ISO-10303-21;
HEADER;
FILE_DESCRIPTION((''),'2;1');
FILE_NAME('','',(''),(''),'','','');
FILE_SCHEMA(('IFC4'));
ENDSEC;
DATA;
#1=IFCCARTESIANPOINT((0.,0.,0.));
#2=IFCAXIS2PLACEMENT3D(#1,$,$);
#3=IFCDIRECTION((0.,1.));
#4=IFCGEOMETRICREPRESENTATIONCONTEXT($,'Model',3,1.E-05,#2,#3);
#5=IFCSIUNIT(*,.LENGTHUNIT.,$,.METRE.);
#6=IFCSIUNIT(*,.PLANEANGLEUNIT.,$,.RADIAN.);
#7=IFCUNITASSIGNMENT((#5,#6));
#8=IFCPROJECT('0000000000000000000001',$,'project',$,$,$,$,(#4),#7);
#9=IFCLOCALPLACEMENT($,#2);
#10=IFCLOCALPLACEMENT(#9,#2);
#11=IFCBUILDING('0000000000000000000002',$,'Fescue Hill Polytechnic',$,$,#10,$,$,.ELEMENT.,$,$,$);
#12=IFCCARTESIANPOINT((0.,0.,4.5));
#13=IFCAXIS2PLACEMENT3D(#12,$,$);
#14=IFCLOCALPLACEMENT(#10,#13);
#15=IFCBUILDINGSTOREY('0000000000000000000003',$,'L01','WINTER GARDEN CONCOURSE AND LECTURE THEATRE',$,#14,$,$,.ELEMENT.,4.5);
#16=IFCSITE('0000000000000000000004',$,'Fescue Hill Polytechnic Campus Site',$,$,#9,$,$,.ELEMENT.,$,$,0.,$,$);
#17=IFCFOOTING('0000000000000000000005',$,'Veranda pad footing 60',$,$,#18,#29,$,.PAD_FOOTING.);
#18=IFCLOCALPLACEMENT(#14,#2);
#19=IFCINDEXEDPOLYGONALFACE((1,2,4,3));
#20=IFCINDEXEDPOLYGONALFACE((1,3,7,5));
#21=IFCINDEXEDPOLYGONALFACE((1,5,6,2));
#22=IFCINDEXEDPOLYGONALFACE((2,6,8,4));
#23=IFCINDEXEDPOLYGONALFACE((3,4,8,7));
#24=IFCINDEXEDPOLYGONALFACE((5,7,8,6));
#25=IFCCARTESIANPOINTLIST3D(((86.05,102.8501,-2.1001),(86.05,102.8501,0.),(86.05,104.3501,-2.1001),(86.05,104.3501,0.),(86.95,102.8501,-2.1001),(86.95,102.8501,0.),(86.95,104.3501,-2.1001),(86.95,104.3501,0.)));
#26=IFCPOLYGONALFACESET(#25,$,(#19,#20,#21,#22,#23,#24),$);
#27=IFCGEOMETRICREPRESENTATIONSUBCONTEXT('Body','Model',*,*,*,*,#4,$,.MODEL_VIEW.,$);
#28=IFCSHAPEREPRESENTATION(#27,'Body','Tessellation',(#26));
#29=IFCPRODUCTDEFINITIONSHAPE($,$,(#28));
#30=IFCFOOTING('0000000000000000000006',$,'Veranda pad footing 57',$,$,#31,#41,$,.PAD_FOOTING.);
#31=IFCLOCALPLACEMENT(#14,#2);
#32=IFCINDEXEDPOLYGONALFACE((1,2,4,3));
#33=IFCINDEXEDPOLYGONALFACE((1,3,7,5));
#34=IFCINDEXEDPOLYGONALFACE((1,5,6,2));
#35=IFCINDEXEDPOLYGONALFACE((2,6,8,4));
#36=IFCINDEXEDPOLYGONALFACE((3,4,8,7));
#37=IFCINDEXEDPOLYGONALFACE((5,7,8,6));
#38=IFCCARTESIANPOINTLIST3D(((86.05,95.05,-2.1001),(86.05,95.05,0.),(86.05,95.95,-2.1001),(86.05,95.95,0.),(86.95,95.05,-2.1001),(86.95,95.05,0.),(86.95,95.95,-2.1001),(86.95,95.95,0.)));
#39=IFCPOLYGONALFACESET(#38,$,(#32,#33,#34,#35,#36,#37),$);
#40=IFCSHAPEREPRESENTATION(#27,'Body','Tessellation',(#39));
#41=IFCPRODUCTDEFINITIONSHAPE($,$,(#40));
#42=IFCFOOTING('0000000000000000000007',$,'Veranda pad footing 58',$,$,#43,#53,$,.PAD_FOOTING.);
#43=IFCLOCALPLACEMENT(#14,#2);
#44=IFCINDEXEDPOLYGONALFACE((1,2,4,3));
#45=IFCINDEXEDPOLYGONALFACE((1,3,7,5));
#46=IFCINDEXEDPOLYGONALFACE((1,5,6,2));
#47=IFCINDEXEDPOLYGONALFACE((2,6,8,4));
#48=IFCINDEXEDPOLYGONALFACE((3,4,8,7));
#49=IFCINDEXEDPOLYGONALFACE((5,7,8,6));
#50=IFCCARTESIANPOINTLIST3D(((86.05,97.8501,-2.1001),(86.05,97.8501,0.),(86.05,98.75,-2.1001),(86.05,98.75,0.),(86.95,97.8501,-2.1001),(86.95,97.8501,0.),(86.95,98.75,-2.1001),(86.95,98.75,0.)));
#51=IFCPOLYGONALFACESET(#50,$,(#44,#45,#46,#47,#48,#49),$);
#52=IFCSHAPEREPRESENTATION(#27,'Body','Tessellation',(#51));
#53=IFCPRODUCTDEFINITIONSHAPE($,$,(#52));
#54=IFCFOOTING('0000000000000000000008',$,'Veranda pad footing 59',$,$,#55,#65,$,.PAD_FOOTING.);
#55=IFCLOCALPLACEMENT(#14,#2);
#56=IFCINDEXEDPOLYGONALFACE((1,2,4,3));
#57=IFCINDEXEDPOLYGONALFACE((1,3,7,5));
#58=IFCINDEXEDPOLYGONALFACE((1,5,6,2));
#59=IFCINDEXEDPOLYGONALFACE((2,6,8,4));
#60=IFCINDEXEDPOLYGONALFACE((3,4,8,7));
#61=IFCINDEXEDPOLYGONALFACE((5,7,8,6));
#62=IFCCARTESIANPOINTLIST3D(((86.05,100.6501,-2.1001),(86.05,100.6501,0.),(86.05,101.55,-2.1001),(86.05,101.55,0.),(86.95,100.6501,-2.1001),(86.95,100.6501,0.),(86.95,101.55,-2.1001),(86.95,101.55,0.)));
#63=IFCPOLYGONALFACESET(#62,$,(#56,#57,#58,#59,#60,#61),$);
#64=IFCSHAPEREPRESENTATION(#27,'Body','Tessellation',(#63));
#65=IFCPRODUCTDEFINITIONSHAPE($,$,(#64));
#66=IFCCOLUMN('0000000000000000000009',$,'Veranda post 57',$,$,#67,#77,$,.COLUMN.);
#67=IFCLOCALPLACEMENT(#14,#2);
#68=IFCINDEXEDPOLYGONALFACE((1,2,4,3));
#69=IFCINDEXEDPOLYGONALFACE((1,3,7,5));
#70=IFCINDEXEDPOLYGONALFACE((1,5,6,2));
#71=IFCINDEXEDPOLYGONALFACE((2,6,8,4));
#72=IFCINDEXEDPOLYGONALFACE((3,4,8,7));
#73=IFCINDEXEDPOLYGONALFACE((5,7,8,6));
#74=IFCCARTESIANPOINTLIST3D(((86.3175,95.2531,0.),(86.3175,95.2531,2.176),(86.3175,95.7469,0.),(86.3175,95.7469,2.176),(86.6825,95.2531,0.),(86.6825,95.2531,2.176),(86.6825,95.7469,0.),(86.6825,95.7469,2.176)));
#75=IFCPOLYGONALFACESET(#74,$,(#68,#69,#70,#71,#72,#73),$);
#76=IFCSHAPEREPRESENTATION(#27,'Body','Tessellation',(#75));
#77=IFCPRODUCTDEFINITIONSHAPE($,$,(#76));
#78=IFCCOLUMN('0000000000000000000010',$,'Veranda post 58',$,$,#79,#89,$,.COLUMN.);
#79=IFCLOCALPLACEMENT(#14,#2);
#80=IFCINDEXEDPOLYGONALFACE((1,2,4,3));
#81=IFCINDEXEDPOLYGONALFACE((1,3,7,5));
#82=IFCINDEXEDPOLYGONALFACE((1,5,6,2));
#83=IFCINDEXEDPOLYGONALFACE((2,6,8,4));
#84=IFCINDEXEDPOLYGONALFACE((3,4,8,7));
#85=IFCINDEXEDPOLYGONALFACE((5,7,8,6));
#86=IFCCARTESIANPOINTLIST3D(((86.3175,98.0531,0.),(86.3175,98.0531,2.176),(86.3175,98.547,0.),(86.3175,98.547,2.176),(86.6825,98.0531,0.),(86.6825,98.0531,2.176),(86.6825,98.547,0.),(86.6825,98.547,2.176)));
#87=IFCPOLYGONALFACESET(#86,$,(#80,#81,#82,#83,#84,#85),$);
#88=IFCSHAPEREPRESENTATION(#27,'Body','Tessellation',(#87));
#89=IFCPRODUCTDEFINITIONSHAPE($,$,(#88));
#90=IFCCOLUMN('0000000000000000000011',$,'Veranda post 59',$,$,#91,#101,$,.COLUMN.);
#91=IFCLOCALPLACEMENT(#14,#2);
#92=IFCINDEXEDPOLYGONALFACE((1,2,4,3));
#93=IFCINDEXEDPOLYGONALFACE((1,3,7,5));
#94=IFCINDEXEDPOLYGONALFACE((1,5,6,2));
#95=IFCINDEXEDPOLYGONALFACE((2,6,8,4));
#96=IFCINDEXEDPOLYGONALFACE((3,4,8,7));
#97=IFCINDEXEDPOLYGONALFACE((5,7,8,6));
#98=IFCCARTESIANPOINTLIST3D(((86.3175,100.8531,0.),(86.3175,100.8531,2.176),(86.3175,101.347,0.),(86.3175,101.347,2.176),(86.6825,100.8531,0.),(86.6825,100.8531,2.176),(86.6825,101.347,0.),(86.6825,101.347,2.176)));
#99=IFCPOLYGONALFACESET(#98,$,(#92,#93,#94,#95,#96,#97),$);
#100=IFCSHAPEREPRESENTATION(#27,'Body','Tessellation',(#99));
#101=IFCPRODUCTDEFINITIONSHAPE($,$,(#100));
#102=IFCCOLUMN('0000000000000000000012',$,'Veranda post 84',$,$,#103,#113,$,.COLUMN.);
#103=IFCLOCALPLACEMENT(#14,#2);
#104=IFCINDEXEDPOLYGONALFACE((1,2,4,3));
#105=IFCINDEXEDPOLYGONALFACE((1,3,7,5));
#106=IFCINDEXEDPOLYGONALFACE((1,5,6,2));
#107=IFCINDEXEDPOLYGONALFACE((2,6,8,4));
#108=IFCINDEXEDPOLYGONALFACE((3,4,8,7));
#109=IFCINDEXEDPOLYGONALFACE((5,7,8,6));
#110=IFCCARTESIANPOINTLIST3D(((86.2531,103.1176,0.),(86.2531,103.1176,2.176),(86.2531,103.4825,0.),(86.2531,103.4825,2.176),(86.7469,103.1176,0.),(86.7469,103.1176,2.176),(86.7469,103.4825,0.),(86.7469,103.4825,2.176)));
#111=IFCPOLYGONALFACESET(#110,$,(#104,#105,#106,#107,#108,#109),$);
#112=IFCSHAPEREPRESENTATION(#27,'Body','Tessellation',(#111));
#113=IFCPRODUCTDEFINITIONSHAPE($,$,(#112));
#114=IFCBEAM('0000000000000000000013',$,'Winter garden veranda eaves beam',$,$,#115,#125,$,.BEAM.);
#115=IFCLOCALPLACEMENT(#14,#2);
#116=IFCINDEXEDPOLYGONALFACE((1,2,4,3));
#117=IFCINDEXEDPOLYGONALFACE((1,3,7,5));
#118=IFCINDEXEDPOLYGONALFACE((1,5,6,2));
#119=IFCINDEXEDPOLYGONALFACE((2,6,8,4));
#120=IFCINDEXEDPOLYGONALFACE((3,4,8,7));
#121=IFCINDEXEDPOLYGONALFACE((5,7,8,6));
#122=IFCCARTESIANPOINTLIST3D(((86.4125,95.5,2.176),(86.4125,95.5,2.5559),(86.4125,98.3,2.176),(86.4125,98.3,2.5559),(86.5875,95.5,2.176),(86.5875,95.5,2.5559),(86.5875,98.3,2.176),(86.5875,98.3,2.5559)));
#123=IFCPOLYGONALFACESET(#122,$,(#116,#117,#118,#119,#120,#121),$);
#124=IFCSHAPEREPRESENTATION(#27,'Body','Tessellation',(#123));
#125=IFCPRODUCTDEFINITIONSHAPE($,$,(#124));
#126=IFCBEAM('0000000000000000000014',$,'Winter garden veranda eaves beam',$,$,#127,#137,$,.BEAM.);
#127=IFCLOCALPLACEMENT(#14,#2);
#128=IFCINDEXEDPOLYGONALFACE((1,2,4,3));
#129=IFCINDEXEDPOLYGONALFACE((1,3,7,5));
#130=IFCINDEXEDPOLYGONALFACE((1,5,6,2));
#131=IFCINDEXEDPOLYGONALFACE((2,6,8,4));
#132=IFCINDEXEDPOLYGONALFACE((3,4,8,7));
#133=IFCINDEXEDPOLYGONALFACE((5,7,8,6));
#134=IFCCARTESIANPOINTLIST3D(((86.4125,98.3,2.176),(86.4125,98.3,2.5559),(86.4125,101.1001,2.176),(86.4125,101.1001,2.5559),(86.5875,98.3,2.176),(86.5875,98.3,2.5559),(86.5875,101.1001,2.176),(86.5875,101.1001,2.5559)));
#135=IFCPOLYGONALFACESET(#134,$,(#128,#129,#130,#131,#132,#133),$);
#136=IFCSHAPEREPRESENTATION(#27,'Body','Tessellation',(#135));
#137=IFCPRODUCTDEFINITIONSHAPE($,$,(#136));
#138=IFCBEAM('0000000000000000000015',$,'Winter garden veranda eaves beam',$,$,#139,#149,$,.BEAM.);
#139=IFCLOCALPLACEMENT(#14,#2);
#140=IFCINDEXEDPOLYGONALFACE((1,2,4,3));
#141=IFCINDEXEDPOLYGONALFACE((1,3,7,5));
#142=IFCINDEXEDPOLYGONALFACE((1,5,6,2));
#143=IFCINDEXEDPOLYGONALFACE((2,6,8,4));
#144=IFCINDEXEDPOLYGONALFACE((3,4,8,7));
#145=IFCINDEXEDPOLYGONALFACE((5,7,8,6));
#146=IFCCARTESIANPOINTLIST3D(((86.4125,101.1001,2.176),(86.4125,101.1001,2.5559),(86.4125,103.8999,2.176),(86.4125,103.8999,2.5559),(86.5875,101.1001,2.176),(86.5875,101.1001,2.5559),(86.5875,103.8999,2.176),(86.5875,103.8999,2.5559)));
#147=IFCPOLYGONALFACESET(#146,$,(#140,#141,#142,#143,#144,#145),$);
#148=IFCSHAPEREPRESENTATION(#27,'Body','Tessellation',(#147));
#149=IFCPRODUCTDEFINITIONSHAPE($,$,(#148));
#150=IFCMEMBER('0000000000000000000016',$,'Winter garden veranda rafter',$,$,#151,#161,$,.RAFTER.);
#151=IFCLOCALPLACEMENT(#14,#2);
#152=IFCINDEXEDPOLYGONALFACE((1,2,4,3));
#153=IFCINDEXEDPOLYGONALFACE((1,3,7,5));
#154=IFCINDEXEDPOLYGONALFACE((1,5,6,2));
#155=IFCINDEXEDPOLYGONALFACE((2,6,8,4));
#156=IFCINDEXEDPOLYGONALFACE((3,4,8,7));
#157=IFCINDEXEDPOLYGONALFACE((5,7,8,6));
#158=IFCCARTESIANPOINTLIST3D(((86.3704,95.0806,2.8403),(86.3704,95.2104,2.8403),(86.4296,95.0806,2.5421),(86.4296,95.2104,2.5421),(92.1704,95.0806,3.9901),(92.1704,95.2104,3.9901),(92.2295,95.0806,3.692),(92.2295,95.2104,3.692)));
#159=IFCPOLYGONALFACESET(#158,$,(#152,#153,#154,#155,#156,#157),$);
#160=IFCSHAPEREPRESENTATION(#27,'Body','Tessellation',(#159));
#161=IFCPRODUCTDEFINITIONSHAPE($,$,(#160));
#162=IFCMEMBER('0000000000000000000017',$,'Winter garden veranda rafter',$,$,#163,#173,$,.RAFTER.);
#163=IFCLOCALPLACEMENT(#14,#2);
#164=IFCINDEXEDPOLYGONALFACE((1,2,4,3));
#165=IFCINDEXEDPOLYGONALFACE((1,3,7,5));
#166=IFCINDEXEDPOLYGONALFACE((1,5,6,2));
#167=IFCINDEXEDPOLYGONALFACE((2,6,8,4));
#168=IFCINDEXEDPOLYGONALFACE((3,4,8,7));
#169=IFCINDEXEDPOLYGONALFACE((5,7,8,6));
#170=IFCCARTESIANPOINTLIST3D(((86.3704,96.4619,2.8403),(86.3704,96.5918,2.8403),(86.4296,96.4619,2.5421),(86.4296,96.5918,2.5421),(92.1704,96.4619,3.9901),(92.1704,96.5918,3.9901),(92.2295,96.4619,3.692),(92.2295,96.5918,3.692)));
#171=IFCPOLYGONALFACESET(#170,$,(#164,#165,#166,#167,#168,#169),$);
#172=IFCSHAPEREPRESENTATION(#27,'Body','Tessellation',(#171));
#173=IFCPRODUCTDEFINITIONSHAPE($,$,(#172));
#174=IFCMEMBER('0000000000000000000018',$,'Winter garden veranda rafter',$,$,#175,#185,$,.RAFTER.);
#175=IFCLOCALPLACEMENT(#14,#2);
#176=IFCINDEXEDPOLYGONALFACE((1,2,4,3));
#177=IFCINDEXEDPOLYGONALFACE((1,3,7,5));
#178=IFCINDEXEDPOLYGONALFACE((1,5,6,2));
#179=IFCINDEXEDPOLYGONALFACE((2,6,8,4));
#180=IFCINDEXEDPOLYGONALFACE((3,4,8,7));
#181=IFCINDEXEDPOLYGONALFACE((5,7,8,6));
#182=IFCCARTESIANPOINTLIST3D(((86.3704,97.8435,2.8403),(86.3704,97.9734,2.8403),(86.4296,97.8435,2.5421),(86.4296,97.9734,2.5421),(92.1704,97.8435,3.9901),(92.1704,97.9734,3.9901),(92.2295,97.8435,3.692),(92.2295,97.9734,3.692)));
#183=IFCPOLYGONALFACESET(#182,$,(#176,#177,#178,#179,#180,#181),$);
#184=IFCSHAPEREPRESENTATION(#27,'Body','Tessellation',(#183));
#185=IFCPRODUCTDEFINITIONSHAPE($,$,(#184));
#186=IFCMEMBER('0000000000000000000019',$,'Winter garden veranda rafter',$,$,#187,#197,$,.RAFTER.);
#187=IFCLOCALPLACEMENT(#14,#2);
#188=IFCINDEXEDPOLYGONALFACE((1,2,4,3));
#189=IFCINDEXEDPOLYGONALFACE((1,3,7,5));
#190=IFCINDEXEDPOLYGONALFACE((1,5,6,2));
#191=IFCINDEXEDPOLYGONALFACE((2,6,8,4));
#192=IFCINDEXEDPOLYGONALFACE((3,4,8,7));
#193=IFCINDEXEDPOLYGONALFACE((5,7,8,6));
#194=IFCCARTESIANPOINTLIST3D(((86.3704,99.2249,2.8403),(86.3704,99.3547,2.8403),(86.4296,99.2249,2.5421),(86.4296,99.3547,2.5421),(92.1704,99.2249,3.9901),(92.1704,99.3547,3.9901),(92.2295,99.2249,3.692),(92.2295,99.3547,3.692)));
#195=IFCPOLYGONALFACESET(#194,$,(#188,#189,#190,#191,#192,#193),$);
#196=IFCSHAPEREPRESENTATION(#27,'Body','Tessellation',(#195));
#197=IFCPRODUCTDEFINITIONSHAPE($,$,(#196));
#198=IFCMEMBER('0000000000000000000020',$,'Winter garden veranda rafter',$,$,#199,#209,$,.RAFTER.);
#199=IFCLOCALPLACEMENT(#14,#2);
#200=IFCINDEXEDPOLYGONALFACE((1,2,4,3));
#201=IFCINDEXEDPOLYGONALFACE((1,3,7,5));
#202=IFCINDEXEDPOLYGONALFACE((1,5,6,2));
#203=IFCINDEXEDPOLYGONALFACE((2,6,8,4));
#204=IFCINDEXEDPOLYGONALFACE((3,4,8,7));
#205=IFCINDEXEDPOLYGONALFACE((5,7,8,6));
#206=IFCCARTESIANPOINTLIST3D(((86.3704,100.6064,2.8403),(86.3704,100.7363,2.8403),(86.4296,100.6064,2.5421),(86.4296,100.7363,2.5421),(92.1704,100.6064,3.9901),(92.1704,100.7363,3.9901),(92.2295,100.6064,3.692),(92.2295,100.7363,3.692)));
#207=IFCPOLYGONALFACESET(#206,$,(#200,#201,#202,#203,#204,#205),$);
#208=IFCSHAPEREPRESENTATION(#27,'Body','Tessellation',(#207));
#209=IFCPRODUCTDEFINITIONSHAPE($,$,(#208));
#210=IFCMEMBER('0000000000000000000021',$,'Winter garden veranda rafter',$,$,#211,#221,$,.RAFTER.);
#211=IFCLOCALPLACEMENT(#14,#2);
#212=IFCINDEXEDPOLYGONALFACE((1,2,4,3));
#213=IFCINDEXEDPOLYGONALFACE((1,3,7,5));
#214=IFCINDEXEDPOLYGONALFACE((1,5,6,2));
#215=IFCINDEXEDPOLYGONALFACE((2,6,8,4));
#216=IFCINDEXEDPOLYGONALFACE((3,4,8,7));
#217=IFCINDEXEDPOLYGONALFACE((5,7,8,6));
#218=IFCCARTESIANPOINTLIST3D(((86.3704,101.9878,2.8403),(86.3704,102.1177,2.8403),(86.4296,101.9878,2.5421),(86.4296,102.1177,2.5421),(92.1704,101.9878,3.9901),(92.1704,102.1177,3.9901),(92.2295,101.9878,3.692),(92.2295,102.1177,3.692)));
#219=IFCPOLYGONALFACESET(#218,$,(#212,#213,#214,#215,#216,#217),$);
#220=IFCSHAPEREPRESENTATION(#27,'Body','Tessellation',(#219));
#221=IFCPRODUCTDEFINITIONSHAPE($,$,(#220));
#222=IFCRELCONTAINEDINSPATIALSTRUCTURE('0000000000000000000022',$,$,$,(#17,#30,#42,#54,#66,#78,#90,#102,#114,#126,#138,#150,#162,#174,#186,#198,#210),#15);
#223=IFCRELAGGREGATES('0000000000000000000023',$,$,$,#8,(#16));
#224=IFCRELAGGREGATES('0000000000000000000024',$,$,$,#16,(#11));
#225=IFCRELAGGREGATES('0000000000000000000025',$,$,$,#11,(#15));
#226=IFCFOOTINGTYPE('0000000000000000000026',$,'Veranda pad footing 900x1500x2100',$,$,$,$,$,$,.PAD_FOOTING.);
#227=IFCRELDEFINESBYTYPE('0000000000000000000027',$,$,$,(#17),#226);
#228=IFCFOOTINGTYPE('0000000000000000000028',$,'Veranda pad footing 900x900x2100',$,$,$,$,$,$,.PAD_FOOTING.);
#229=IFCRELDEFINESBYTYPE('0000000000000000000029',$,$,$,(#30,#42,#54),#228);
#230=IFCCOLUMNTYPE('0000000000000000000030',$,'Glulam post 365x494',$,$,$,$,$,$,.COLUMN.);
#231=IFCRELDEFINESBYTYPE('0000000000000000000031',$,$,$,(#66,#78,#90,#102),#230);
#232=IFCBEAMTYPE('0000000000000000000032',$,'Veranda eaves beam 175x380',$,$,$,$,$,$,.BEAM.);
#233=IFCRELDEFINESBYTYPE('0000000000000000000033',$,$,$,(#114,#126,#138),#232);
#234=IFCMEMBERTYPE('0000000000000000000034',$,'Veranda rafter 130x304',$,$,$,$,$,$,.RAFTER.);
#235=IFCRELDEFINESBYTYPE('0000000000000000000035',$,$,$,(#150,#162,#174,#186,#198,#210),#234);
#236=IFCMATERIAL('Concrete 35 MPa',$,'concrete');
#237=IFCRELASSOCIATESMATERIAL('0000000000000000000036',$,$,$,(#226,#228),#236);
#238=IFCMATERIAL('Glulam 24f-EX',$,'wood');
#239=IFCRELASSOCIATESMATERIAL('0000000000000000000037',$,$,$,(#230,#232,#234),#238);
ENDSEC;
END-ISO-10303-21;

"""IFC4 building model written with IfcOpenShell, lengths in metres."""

from ifc_helpers import new_model, si_unit, direction, frame, origin, origin_2d, place, context, subcontext, project, spatial, rectangle, extrude, material, material_profile, profile_set, type_object, element, save


model = new_model("IFC4")

# Units and contexts
model_context = context("Model", 3, precision=1e-05, world=origin(), true_north=direction((0.0, 1.0)))
body_context = subcontext(model_context, "Body", "Model", "MODEL_VIEW")
ifc_project = project(units=[si_unit("LENGTHUNIT", "METRE"), si_unit("PLANEANGLEUNIT", "RADIAN")], contexts=[model_context])

# Site, building, storey
site_placement = place(None, origin())
site = spatial("IfcSite", under=ifc_project, at=site_placement, Name="Fescue Hill Polytechnic Campus Site", CompositionType="ELEMENT", RefElevation=0.0)
building_placement = place(site_placement, origin())
building = spatial("IfcBuilding", under=site, at=building_placement, Name="Fescue Hill Polytechnic", CompositionType="ELEMENT")
storey_placement = place(building_placement, frame((0.0, 0.0, 4.5)))
storey = spatial("IfcBuildingStorey", under=building, at=storey_placement, Name="L01", Description="WINTER GARDEN CONCOURSE AND LECTURE THEATRE", CompositionType="ELEMENT", Elevation=4.5)

# Footings
ifc_material_1 = material(Name="Concrete 35 MPa", Category="concrete")
footing_type_1 = type_object("IfcFootingType", Name="Veranda pad footing 900x1500x2100", PredefinedType="PAD_FOOTING", material=ifc_material_1)
footing_placement = place(storey_placement, frame((86.5, 103.6001, -2.1001), z_axis=(0.0, 0.0, 1.0), x_axis=(1.0, 0.0, 0.0)))
element("IfcFooting", 1, at=footing_placement, inside=storey, type_object=footing_type_1, Name="Veranda pad footing 60", PredefinedType="PAD_FOOTING", context=body_context, shape_type="SweptSolid", body=[
    extrude(rectangle(XDim=0.8999, YDim=1.5, at=origin_2d()), origin(), (0.0, 0.0, 1.0), 2.1001),
])
footing_type_2 = type_object("IfcFootingType", Name="Veranda pad footing 900x900x2100", PredefinedType="PAD_FOOTING", material=ifc_material_1)
for number, where, z_axis, x_axis, name in (
    (2, (86.5, 95.5, -2.1001), (0.0, 0.0, 1.0), (1.0, 0.0, 0.0), "Veranda pad footing 57"),
    (3, (86.5, 98.3, -2.1001), (0.0, 0.0, 1.0), (1.0, 0.0, 0.0), "Veranda pad footing 58"),
    (4, (86.5, 101.1001, -2.1001), (0.0, 0.0, 1.0), (1.0, 0.0, 0.0), "Veranda pad footing 59"),
):
    element("IfcFooting", number, at=place(storey_placement, frame(where, z_axis=z_axis, x_axis=x_axis)), inside=storey, type_object=footing_type_2, Name=name, PredefinedType="PAD_FOOTING", context=body_context, shape_type="SweptSolid", body=[
        extrude(rectangle(XDim=0.8999, YDim=0.8999, at=origin_2d()), origin(), (0.0, 0.0, 1.0), 2.1001),
    ])

# Columns
ifc_material_2 = material(Name="Glulam 24f-EX", Category="wood")
ifc_material_profile_1 = material_profile(ifc_material_2, rectangle(XDim=0.365, YDim=0.4939, at=origin_2d()), Name="Glulam post 365x494")
ifc_profile_set_1 = profile_set([ifc_material_profile_1], Name="Glulam 24f-EX")
column_type = type_object("IfcColumnType", Name="Glulam post 365x494", PredefinedType="COLUMN", material=ifc_profile_set_1)
for number, where, z_axis, x_axis, name in (
    (5, (86.5, 95.5, 0.0), (0.0, 0.0, 1.0), (1.0, 0.0, 0.0), "Veranda post 57"),
    (6, (86.5, 98.3, 0.0), (0.0, 0.0, 1.0), (1.0, 0.0, 0.0), "Veranda post 58"),
    (7, (86.5, 101.1001, 0.0), (0.0, 0.0, 1.0), (1.0, 0.0, 0.0), "Veranda post 59"),
    (8, (86.5, 103.3, 0.0), (0.0, 0.0, 1.0), (0.0, 1.0, 0.0), "Veranda post 84"),
):
    element("IfcColumn", number, at=place(storey_placement, frame(where, z_axis=z_axis, x_axis=x_axis)), inside=storey, type_object=column_type, Name=name, PredefinedType="COLUMN", context=body_context, shape_type="SweptSolid", body=[
        extrude(rectangle(XDim=0.365, YDim=0.4939, at=origin_2d()), origin(), (0.0, 0.0, 1.0), 2.176),
    ])

# Beams
ifc_material_profile_2 = material_profile(ifc_material_2, rectangle(XDim=0.175, YDim=0.3799, at=origin_2d()), Name="Veranda eaves beam 175x380")
ifc_profile_set_2 = profile_set([ifc_material_profile_2], Name="Glulam 24f-EX")
beam_type = type_object("IfcBeamType", Name="Veranda eaves beam 175x380", PredefinedType="BEAM", material=ifc_profile_set_2)
for number, where, z_axis, x_axis, name in (
    (9, (86.5, 95.5, 2.366), (0.0, 1.0, 0.0), (-1.0, 0.0, 0.0), "Winter garden veranda eaves beam"),
    (10, (86.5, 98.3, 2.366), (0.0, 1.0, 0.0), (-1.0, 0.0, 0.0), "Winter garden veranda eaves beam"),
):
    element("IfcBeam", number, at=place(storey_placement, frame(where, z_axis=z_axis, x_axis=x_axis)), inside=storey, type_object=beam_type, Name=name, PredefinedType="BEAM", context=body_context, shape_type="SweptSolid", body=[
        extrude(rectangle(XDim=0.175, YDim=0.3799, at=origin_2d()), origin(), (0.0, 0.0, 1.0), 2.8),
    ])
beam_placement = place(storey_placement, frame((86.5, 101.1001, 2.366), z_axis=(0.0, 1.0, 0.0), x_axis=(-1.0, 0.0, 0.0)))
element("IfcBeam", 11, at=beam_placement, inside=storey, type_object=beam_type, Name="Winter garden veranda eaves beam", PredefinedType="BEAM", context=body_context, shape_type="SweptSolid", body=[
    extrude(rectangle(XDim=0.175, YDim=0.3799, at=origin_2d()), origin(), (0.0, 0.0, 1.0), 2.7998),
])

# Members
ifc_material_profile_3 = material_profile(ifc_material_2, rectangle(XDim=0.1299, YDim=0.304, at=origin_2d()), Name="Veranda rafter 130x304")
ifc_profile_set_3 = profile_set([ifc_material_profile_3], Name="Glulam 24f-EX")
member_type = type_object("IfcMemberType", Name="Veranda rafter 130x304", PredefinedType="RAFTER", material=ifc_profile_set_3)
for number, where, z_axis, x_axis, name in (
    (12, (92.2, 95.1455, 3.8411), (-0.980908, 0.0, -0.194472), (0.0, -1.0, 0.0), "Winter garden veranda rafter"),
    (13, (92.2, 96.5269, 3.8411), (-0.980908, 0.0, -0.194472), (0.0, -1.0, 0.0), "Winter garden veranda rafter"),
    (14, (92.2, 97.9084, 3.8411), (-0.980908, 0.0, -0.194472), (0.0, -1.0, 0.0), "Winter garden veranda rafter"),
    (15, (92.2, 99.2898, 3.8411), (-0.980908, 0.0, -0.194472), (0.0, -1.0, 0.0), "Winter garden veranda rafter"),
    (16, (92.2, 100.6714, 3.8411), (-0.980908, 0.0, -0.194472), (0.0, -1.0, 0.0), "Winter garden veranda rafter"),
    (17, (92.2, 102.0527, 3.8411), (-0.980908, 0.0, -0.194472), (0.0, -1.0, 0.0), "Winter garden veranda rafter"),
):
    element("IfcMember", number, at=place(storey_placement, frame(where, z_axis=z_axis, x_axis=x_axis)), inside=storey, type_object=member_type, Name=name, PredefinedType="RAFTER", context=body_context, shape_type="SweptSolid", body=[
        extrude(rectangle(XDim=0.1299, YDim=0.304, at=origin_2d()), origin(), (0.0, 0.0, 1.0), 5.9128),
    ])

save(model, "model.ifc")
